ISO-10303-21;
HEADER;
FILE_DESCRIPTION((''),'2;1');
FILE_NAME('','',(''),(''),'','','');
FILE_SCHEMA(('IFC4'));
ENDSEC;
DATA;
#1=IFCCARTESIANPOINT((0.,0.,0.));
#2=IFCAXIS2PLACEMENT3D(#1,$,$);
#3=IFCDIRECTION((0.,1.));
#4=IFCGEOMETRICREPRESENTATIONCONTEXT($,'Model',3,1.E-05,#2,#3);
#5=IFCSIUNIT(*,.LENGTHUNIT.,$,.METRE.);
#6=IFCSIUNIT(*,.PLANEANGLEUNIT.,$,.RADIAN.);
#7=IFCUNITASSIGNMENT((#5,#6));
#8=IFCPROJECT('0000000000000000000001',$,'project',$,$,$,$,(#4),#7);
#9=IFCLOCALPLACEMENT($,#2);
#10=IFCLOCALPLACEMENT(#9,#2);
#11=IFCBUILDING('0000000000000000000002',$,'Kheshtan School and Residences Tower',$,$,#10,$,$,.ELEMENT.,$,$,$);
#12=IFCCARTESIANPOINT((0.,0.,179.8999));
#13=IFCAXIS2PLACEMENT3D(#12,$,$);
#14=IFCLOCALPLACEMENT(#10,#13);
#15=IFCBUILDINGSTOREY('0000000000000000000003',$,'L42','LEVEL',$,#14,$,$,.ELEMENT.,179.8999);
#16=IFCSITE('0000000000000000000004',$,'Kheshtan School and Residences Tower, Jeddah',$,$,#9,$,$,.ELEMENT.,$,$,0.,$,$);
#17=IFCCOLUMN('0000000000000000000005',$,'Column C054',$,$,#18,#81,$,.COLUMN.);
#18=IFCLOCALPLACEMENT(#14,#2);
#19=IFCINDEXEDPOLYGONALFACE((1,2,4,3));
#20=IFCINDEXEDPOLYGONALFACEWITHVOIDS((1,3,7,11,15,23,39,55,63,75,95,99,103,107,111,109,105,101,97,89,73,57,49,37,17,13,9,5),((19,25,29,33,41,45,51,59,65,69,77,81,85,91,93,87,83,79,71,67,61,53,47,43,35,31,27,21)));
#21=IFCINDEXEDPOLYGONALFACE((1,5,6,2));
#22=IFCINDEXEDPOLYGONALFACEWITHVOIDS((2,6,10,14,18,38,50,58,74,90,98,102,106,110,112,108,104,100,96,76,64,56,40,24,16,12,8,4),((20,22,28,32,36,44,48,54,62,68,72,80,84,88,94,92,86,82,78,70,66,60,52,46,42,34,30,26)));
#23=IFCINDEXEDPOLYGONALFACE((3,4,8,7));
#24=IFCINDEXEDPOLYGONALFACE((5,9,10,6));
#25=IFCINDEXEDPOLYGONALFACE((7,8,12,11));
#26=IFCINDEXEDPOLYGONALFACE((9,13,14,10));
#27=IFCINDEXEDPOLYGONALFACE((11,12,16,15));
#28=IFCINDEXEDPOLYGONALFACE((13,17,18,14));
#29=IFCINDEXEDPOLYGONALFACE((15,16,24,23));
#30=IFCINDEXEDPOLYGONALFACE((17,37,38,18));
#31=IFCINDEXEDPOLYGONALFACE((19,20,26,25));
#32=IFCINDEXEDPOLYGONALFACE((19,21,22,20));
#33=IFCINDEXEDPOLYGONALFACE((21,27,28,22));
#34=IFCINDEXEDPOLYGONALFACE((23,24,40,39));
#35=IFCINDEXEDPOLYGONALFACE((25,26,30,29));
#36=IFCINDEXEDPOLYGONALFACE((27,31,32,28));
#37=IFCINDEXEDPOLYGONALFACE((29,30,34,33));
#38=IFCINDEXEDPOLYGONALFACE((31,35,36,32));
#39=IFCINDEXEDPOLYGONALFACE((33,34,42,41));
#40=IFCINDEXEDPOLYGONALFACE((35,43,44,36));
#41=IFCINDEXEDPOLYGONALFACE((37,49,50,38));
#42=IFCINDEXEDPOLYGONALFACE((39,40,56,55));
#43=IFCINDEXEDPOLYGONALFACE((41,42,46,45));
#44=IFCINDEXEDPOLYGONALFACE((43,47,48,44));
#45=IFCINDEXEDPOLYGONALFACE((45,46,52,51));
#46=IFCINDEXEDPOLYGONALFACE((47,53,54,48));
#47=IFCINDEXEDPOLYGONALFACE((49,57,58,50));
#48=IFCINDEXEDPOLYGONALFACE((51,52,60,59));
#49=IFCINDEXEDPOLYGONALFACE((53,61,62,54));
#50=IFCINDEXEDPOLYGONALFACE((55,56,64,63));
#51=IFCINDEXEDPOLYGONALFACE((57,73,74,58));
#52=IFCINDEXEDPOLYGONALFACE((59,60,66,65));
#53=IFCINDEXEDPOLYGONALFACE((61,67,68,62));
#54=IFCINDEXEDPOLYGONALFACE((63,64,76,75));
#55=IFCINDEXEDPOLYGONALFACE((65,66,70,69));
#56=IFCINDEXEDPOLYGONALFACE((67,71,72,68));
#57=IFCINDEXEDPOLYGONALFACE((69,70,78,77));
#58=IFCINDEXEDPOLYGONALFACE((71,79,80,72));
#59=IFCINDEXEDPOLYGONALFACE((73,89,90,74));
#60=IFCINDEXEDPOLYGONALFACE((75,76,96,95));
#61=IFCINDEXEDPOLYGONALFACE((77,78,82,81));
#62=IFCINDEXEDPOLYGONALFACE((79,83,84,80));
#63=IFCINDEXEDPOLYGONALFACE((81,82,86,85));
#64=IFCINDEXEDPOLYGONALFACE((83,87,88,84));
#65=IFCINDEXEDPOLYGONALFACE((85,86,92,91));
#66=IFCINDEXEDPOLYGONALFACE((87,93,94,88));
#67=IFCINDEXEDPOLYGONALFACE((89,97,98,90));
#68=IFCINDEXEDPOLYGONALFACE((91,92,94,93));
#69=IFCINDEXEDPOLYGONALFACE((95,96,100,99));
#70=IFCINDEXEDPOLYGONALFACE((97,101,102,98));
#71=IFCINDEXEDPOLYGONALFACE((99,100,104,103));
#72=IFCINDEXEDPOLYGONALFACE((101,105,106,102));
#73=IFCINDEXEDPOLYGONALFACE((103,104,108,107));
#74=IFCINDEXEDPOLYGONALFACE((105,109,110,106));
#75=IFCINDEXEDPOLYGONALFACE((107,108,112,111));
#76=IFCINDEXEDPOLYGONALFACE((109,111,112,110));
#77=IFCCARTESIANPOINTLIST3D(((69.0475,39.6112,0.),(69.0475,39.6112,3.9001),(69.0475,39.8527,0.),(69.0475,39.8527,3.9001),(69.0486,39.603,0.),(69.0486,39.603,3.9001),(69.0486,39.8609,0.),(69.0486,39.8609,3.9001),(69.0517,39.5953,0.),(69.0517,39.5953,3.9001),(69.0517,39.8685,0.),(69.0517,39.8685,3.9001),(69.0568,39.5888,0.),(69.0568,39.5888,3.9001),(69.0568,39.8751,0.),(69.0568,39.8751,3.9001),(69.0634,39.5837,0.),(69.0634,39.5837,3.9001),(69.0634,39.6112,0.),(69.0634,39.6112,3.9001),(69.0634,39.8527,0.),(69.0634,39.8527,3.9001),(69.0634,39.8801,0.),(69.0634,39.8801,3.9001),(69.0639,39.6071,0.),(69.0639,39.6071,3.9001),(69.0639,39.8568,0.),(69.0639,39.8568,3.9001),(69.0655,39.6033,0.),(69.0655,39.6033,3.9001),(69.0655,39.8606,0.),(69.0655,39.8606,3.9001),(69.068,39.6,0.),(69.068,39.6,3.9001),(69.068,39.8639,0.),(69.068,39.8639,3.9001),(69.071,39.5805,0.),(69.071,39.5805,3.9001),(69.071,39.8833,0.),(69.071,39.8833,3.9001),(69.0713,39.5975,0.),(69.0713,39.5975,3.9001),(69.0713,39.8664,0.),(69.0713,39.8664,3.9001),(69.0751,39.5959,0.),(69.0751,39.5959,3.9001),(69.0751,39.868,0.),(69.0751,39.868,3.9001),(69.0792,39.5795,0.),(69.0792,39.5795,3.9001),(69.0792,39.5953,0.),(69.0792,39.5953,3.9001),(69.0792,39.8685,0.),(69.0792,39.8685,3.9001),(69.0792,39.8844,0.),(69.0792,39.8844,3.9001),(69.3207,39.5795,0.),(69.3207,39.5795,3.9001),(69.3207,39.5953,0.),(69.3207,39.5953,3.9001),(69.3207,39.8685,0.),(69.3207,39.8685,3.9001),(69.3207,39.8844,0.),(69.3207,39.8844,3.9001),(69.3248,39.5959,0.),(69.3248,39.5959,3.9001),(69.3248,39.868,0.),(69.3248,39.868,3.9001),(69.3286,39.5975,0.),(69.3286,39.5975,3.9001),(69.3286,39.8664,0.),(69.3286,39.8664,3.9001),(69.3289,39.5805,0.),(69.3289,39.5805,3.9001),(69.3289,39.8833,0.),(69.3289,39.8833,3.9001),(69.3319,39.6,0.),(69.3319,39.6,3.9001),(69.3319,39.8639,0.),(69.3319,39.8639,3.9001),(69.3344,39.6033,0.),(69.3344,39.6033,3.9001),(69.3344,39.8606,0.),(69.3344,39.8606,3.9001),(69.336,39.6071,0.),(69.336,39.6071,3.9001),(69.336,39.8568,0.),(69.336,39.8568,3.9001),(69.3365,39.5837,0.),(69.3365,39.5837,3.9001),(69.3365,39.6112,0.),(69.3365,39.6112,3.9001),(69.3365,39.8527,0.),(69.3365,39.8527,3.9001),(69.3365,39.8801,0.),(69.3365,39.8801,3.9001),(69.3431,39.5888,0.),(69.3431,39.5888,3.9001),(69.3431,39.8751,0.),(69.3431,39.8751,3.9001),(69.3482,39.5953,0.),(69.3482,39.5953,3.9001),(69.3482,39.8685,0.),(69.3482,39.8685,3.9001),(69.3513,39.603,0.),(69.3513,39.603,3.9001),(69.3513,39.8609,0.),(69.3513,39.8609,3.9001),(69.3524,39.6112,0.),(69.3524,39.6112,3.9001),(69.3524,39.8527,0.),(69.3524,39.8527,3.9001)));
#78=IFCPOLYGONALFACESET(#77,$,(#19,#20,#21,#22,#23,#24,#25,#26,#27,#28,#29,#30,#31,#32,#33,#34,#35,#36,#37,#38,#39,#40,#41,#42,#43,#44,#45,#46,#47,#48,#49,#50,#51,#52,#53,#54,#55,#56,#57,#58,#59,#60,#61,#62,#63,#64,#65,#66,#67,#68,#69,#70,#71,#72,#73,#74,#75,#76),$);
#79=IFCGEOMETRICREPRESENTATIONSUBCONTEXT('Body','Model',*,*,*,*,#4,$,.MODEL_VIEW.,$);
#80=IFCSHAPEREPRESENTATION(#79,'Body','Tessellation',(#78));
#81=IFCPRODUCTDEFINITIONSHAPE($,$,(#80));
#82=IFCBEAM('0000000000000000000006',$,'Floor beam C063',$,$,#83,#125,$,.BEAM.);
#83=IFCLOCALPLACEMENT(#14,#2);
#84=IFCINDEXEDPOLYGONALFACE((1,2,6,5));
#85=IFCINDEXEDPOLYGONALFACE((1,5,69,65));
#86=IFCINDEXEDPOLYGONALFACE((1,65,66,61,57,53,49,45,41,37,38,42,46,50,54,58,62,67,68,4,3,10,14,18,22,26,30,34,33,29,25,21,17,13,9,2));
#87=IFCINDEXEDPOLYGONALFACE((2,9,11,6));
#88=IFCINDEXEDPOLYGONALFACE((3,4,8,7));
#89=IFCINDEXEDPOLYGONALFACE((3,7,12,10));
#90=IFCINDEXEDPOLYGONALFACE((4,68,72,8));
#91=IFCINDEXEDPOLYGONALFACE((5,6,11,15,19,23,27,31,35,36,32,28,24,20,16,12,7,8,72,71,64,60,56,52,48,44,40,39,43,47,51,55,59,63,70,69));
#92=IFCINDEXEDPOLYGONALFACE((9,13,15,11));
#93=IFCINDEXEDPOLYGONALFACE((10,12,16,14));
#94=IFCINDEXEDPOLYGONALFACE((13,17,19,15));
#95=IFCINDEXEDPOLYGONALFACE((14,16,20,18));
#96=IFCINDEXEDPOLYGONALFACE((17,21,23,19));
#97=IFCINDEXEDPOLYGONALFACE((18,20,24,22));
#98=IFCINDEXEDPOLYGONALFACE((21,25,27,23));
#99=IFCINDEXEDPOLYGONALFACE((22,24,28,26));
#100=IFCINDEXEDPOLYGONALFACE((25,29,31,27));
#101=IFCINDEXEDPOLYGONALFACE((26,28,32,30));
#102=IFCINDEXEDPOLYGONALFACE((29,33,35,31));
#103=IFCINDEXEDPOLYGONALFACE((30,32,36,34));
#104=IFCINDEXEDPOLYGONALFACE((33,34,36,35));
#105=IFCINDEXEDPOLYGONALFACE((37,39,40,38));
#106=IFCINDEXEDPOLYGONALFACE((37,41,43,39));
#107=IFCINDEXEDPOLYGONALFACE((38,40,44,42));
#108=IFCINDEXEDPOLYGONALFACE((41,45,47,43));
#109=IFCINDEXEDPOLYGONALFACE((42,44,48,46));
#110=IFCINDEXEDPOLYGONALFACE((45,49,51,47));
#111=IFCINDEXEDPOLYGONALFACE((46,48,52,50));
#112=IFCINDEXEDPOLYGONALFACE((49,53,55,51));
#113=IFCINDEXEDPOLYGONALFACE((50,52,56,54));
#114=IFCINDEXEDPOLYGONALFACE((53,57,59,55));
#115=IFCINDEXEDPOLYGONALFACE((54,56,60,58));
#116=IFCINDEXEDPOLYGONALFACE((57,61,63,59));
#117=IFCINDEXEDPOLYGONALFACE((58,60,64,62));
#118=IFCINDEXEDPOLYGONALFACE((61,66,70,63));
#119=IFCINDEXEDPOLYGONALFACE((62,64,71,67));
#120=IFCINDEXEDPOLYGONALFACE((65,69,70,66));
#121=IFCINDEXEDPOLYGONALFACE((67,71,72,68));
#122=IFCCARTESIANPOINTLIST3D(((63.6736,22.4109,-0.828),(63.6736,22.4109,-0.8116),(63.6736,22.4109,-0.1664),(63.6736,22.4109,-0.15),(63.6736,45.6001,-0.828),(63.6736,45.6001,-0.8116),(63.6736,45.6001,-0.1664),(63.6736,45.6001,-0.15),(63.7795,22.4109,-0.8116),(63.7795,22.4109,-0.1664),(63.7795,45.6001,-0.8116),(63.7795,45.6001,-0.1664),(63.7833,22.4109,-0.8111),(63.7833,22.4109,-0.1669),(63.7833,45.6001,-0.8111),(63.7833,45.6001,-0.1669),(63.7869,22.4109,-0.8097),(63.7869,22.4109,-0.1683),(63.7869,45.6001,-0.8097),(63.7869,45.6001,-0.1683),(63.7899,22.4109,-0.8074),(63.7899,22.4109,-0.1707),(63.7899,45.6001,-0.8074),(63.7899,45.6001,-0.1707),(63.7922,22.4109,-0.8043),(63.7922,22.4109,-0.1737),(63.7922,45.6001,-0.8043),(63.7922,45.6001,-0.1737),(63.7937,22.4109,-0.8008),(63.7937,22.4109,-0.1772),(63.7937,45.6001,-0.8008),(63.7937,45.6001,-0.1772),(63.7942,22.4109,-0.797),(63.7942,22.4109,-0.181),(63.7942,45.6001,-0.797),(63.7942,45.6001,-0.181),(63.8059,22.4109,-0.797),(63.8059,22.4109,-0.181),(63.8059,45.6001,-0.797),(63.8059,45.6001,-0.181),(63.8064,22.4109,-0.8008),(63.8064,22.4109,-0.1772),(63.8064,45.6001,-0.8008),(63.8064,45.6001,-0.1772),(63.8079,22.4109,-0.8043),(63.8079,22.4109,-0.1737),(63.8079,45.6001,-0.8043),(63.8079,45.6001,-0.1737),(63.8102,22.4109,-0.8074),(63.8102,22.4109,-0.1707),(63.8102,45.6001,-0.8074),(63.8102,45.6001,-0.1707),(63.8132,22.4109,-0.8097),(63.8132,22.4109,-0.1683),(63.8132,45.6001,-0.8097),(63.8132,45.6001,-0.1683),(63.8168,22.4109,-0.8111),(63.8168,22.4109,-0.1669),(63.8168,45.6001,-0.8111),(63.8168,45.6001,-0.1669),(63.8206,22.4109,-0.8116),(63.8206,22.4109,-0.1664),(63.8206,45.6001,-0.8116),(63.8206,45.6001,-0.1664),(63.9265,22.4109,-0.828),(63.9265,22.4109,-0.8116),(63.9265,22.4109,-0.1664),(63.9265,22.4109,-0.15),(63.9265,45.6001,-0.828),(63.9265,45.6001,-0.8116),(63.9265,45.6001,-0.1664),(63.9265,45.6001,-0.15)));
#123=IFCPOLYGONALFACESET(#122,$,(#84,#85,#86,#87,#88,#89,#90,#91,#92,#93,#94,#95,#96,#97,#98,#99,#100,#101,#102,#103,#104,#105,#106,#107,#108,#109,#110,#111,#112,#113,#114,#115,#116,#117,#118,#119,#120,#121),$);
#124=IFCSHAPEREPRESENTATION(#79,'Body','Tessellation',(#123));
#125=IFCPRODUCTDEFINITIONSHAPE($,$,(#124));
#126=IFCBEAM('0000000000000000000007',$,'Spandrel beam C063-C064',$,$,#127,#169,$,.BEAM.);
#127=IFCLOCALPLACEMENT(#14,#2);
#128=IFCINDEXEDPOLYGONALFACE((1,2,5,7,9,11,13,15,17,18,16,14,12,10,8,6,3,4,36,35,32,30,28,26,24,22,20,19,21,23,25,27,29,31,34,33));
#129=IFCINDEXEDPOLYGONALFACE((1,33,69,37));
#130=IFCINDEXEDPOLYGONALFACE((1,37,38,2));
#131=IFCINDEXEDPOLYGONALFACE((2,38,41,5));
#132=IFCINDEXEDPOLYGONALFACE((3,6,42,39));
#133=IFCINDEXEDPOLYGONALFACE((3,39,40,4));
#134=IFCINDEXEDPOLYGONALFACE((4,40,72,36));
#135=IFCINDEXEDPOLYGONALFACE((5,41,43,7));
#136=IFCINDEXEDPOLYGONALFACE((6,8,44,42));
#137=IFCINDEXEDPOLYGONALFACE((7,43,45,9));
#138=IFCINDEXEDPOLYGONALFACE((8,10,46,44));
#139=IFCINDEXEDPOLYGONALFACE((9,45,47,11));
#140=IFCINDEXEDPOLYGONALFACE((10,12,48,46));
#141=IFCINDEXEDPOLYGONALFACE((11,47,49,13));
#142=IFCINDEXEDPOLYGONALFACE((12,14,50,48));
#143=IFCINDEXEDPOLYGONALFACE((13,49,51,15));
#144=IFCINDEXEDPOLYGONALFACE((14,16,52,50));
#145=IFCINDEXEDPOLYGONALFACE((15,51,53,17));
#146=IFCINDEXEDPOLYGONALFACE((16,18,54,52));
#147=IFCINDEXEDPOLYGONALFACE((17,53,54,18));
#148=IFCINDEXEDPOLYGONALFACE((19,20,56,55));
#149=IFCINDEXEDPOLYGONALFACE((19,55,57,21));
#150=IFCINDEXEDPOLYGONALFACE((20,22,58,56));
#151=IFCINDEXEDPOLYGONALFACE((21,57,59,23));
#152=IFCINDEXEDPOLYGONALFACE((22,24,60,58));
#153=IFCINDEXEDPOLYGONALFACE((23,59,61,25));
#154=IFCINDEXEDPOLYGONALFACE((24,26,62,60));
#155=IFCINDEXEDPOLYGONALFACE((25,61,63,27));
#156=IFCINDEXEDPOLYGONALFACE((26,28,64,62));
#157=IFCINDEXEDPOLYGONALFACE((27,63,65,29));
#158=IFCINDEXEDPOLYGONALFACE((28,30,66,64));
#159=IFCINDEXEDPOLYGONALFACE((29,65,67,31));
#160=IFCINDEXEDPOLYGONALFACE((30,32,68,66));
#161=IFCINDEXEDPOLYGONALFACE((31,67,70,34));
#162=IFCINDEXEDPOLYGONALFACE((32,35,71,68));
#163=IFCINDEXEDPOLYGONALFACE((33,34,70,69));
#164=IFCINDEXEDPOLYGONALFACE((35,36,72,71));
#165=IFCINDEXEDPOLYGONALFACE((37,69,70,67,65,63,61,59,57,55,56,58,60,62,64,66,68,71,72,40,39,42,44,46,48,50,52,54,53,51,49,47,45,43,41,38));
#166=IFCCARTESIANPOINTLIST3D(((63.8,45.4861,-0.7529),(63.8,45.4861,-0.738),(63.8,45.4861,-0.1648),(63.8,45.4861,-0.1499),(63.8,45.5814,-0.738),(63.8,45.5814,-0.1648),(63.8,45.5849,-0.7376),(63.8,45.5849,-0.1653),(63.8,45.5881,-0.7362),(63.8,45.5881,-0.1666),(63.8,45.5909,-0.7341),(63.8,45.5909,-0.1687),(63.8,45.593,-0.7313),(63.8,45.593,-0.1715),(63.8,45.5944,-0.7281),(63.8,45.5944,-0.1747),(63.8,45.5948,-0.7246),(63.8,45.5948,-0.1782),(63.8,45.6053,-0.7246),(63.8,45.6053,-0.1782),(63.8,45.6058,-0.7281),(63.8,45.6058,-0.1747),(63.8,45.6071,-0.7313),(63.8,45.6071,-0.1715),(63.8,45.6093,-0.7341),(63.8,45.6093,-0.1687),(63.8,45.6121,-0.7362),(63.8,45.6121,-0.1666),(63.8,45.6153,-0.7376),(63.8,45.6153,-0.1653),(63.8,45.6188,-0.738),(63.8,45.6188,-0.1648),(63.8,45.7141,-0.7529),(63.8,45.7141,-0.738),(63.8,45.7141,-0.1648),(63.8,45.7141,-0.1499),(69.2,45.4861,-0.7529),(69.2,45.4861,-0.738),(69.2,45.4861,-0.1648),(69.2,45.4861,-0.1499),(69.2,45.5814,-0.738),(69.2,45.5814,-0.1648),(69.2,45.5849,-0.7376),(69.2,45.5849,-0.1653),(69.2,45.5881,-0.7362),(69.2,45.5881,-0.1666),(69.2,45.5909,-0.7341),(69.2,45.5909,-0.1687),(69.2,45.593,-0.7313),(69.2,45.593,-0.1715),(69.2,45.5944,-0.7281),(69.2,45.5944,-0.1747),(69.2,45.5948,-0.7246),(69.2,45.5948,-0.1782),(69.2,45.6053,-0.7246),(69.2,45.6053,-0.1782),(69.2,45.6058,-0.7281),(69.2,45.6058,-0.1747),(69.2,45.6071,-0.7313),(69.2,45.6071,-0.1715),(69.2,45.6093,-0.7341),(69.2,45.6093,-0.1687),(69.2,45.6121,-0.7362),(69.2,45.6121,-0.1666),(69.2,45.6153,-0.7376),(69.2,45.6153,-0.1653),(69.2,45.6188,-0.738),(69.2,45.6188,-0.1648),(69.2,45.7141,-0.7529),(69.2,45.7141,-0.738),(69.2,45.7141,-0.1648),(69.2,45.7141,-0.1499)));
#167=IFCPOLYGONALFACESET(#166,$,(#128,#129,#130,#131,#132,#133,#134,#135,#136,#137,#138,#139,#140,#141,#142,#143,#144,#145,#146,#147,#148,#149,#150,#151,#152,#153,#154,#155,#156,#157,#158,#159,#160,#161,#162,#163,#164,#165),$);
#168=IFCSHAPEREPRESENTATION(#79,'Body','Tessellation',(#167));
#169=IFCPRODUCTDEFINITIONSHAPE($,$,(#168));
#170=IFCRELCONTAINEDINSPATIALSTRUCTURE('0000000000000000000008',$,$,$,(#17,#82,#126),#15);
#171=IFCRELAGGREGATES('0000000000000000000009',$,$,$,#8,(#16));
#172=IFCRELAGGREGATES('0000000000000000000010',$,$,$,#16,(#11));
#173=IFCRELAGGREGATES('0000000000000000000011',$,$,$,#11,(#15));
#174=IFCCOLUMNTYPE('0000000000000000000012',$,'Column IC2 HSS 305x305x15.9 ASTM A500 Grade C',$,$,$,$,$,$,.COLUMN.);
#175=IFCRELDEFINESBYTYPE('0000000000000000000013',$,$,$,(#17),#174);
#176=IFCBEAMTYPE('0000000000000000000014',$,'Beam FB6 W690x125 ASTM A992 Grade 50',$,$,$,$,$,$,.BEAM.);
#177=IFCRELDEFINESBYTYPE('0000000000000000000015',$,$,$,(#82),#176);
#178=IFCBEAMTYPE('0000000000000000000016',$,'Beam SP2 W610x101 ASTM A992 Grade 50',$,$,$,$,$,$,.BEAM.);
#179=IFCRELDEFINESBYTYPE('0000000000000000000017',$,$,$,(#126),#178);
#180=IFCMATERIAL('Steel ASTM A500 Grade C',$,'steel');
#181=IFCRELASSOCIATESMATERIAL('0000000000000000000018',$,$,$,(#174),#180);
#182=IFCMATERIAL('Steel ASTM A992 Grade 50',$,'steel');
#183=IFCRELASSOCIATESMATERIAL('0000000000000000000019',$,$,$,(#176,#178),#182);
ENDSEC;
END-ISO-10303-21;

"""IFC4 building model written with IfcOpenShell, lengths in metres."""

from ifc_helpers import new_model, si_unit, direction, frame, origin, origin_2d, place, context, subcontext, project, spatial, hollow_rectangle, i_section, extrude, material, material_profile, profile_set, type_object, element, save


model = new_model("IFC4")

# Units and contexts
model_context = context("Model", 3, precision=1e-05, world=origin(), true_north=direction((0.0, 1.0)))
body_context = subcontext(model_context, "Body", "Model", "MODEL_VIEW")
ifc_project = project(units=[si_unit("LENGTHUNIT", "METRE"), si_unit("PLANEANGLEUNIT", "RADIAN")], contexts=[model_context])

# Site, building, storey
site_placement = place(None, origin())
site = spatial("IfcSite", under=ifc_project, at=site_placement, Name="Kheshtan School and Residences Tower, Jeddah", CompositionType="ELEMENT", RefElevation=0.0)
building_placement = place(site_placement, origin())
building = spatial("IfcBuilding", under=site, at=building_placement, Name="Kheshtan School and Residences Tower", CompositionType="ELEMENT")
storey_placement = place(building_placement, frame((0.0, 0.0, 179.8999)))
storey = spatial("IfcBuildingStorey", under=building, at=storey_placement, Name="L42", Description="LEVEL", CompositionType="ELEMENT", Elevation=179.8999)

# Column
ifc_material_1 = material(Name="Steel ASTM A992 Grade 50", Category="steel")
ifc_material_2 = material(Name="Steel ASTM A500 Grade C", Category="steel")
ifc_material_profile_1 = material_profile(ifc_material_2, hollow_rectangle(XDim=0.3049, YDim=0.3049, WallThickness=0.0159, InnerFilletRadius=0.0159, OuterFilletRadius=0.0317, at=origin_2d()), Name="HSS 305x305x15.9")
ifc_profile_set_1 = profile_set([ifc_material_profile_1], Name="Steel ASTM A500 Grade C")
column_type_1 = type_object("IfcColumnType", Name="Column IC2 HSS 305x305x15.9 ASTM A500 Grade C", PredefinedType="COLUMN", material=ifc_profile_set_1)
column_placement = place(storey_placement, frame((69.2, 39.7319, 0.0), z_axis=(0.0, 0.0, 1.0), x_axis=(1.0, 0.0, 0.0)))
element("IfcColumn", 1, at=column_placement, inside=storey, type_object=column_type_1, Name="Column C054", PredefinedType="COLUMN", context=body_context, shape_type="SweptSolid", body=[
    extrude(hollow_rectangle(XDim=0.3049, YDim=0.3049, WallThickness=0.0159, InnerFilletRadius=0.0159, OuterFilletRadius=0.0317, at=origin_2d()), origin(), (0.0, 0.0, 1.0), 3.9001),
])

# Beams
ifc_material_profile_2 = material_profile(ifc_material_1, i_section(OverallWidth=0.2529, OverallDepth=0.678, WebThickness=0.0117, FlangeThickness=0.0164, FilletRadius=0.0146, at=origin_2d()), Name="W690x125")
ifc_profile_set_2 = profile_set([ifc_material_profile_2], Name="Steel ASTM A992 Grade 50")
beam_type_1 = type_object("IfcBeamType", Name="Beam FB6 W690x125 ASTM A992 Grade 50", PredefinedType="BEAM", material=ifc_profile_set_2)
beam_1_placement = place(storey_placement, frame((63.8, 45.6001, -0.489), z_axis=(0.0, -1.0, 0.0), x_axis=(1.0, 0.0, 0.0)))
element("IfcBeam", 2, at=beam_1_placement, inside=storey, type_object=beam_type_1, Name="Floor beam C063", PredefinedType="BEAM", context=body_context, shape_type="SweptSolid", body=[
    extrude(i_section(OverallWidth=0.2529, OverallDepth=0.678, WebThickness=0.0117, FlangeThickness=0.0164, FilletRadius=0.0146, at=origin_2d()), origin(), (0.0, 0.0, 1.0), 23.1892),
])
ifc_material_profile_3 = material_profile(ifc_material_1, i_section(OverallWidth=0.228, OverallDepth=0.603, WebThickness=0.0105, FlangeThickness=0.0149, FilletRadius=0.0134, at=origin_2d()), Name="W610x101")
ifc_profile_set_3 = profile_set([ifc_material_profile_3], Name="Steel ASTM A992 Grade 50")
beam_type_2 = type_object("IfcBeamType", Name="Beam SP2 W610x101 ASTM A992 Grade 50", PredefinedType="BEAM", material=ifc_profile_set_3)
beam_2_placement = place(storey_placement, frame((63.8, 45.6001, -0.4514), z_axis=(1.0, 0.0, 0.0), x_axis=(0.0, 1.0, 0.0)))
element("IfcBeam", 3, at=beam_2_placement, inside=storey, type_object=beam_type_2, Name="Spandrel beam C063-C064", PredefinedType="BEAM", context=body_context, shape_type="SweptSolid", body=[
    extrude(i_section(OverallWidth=0.228, OverallDepth=0.603, WebThickness=0.0105, FlangeThickness=0.0149, FilletRadius=0.0134, at=origin_2d()), origin(), (0.0, 0.0, 1.0), 5.3999),
])

save(model, "model.ifc")
